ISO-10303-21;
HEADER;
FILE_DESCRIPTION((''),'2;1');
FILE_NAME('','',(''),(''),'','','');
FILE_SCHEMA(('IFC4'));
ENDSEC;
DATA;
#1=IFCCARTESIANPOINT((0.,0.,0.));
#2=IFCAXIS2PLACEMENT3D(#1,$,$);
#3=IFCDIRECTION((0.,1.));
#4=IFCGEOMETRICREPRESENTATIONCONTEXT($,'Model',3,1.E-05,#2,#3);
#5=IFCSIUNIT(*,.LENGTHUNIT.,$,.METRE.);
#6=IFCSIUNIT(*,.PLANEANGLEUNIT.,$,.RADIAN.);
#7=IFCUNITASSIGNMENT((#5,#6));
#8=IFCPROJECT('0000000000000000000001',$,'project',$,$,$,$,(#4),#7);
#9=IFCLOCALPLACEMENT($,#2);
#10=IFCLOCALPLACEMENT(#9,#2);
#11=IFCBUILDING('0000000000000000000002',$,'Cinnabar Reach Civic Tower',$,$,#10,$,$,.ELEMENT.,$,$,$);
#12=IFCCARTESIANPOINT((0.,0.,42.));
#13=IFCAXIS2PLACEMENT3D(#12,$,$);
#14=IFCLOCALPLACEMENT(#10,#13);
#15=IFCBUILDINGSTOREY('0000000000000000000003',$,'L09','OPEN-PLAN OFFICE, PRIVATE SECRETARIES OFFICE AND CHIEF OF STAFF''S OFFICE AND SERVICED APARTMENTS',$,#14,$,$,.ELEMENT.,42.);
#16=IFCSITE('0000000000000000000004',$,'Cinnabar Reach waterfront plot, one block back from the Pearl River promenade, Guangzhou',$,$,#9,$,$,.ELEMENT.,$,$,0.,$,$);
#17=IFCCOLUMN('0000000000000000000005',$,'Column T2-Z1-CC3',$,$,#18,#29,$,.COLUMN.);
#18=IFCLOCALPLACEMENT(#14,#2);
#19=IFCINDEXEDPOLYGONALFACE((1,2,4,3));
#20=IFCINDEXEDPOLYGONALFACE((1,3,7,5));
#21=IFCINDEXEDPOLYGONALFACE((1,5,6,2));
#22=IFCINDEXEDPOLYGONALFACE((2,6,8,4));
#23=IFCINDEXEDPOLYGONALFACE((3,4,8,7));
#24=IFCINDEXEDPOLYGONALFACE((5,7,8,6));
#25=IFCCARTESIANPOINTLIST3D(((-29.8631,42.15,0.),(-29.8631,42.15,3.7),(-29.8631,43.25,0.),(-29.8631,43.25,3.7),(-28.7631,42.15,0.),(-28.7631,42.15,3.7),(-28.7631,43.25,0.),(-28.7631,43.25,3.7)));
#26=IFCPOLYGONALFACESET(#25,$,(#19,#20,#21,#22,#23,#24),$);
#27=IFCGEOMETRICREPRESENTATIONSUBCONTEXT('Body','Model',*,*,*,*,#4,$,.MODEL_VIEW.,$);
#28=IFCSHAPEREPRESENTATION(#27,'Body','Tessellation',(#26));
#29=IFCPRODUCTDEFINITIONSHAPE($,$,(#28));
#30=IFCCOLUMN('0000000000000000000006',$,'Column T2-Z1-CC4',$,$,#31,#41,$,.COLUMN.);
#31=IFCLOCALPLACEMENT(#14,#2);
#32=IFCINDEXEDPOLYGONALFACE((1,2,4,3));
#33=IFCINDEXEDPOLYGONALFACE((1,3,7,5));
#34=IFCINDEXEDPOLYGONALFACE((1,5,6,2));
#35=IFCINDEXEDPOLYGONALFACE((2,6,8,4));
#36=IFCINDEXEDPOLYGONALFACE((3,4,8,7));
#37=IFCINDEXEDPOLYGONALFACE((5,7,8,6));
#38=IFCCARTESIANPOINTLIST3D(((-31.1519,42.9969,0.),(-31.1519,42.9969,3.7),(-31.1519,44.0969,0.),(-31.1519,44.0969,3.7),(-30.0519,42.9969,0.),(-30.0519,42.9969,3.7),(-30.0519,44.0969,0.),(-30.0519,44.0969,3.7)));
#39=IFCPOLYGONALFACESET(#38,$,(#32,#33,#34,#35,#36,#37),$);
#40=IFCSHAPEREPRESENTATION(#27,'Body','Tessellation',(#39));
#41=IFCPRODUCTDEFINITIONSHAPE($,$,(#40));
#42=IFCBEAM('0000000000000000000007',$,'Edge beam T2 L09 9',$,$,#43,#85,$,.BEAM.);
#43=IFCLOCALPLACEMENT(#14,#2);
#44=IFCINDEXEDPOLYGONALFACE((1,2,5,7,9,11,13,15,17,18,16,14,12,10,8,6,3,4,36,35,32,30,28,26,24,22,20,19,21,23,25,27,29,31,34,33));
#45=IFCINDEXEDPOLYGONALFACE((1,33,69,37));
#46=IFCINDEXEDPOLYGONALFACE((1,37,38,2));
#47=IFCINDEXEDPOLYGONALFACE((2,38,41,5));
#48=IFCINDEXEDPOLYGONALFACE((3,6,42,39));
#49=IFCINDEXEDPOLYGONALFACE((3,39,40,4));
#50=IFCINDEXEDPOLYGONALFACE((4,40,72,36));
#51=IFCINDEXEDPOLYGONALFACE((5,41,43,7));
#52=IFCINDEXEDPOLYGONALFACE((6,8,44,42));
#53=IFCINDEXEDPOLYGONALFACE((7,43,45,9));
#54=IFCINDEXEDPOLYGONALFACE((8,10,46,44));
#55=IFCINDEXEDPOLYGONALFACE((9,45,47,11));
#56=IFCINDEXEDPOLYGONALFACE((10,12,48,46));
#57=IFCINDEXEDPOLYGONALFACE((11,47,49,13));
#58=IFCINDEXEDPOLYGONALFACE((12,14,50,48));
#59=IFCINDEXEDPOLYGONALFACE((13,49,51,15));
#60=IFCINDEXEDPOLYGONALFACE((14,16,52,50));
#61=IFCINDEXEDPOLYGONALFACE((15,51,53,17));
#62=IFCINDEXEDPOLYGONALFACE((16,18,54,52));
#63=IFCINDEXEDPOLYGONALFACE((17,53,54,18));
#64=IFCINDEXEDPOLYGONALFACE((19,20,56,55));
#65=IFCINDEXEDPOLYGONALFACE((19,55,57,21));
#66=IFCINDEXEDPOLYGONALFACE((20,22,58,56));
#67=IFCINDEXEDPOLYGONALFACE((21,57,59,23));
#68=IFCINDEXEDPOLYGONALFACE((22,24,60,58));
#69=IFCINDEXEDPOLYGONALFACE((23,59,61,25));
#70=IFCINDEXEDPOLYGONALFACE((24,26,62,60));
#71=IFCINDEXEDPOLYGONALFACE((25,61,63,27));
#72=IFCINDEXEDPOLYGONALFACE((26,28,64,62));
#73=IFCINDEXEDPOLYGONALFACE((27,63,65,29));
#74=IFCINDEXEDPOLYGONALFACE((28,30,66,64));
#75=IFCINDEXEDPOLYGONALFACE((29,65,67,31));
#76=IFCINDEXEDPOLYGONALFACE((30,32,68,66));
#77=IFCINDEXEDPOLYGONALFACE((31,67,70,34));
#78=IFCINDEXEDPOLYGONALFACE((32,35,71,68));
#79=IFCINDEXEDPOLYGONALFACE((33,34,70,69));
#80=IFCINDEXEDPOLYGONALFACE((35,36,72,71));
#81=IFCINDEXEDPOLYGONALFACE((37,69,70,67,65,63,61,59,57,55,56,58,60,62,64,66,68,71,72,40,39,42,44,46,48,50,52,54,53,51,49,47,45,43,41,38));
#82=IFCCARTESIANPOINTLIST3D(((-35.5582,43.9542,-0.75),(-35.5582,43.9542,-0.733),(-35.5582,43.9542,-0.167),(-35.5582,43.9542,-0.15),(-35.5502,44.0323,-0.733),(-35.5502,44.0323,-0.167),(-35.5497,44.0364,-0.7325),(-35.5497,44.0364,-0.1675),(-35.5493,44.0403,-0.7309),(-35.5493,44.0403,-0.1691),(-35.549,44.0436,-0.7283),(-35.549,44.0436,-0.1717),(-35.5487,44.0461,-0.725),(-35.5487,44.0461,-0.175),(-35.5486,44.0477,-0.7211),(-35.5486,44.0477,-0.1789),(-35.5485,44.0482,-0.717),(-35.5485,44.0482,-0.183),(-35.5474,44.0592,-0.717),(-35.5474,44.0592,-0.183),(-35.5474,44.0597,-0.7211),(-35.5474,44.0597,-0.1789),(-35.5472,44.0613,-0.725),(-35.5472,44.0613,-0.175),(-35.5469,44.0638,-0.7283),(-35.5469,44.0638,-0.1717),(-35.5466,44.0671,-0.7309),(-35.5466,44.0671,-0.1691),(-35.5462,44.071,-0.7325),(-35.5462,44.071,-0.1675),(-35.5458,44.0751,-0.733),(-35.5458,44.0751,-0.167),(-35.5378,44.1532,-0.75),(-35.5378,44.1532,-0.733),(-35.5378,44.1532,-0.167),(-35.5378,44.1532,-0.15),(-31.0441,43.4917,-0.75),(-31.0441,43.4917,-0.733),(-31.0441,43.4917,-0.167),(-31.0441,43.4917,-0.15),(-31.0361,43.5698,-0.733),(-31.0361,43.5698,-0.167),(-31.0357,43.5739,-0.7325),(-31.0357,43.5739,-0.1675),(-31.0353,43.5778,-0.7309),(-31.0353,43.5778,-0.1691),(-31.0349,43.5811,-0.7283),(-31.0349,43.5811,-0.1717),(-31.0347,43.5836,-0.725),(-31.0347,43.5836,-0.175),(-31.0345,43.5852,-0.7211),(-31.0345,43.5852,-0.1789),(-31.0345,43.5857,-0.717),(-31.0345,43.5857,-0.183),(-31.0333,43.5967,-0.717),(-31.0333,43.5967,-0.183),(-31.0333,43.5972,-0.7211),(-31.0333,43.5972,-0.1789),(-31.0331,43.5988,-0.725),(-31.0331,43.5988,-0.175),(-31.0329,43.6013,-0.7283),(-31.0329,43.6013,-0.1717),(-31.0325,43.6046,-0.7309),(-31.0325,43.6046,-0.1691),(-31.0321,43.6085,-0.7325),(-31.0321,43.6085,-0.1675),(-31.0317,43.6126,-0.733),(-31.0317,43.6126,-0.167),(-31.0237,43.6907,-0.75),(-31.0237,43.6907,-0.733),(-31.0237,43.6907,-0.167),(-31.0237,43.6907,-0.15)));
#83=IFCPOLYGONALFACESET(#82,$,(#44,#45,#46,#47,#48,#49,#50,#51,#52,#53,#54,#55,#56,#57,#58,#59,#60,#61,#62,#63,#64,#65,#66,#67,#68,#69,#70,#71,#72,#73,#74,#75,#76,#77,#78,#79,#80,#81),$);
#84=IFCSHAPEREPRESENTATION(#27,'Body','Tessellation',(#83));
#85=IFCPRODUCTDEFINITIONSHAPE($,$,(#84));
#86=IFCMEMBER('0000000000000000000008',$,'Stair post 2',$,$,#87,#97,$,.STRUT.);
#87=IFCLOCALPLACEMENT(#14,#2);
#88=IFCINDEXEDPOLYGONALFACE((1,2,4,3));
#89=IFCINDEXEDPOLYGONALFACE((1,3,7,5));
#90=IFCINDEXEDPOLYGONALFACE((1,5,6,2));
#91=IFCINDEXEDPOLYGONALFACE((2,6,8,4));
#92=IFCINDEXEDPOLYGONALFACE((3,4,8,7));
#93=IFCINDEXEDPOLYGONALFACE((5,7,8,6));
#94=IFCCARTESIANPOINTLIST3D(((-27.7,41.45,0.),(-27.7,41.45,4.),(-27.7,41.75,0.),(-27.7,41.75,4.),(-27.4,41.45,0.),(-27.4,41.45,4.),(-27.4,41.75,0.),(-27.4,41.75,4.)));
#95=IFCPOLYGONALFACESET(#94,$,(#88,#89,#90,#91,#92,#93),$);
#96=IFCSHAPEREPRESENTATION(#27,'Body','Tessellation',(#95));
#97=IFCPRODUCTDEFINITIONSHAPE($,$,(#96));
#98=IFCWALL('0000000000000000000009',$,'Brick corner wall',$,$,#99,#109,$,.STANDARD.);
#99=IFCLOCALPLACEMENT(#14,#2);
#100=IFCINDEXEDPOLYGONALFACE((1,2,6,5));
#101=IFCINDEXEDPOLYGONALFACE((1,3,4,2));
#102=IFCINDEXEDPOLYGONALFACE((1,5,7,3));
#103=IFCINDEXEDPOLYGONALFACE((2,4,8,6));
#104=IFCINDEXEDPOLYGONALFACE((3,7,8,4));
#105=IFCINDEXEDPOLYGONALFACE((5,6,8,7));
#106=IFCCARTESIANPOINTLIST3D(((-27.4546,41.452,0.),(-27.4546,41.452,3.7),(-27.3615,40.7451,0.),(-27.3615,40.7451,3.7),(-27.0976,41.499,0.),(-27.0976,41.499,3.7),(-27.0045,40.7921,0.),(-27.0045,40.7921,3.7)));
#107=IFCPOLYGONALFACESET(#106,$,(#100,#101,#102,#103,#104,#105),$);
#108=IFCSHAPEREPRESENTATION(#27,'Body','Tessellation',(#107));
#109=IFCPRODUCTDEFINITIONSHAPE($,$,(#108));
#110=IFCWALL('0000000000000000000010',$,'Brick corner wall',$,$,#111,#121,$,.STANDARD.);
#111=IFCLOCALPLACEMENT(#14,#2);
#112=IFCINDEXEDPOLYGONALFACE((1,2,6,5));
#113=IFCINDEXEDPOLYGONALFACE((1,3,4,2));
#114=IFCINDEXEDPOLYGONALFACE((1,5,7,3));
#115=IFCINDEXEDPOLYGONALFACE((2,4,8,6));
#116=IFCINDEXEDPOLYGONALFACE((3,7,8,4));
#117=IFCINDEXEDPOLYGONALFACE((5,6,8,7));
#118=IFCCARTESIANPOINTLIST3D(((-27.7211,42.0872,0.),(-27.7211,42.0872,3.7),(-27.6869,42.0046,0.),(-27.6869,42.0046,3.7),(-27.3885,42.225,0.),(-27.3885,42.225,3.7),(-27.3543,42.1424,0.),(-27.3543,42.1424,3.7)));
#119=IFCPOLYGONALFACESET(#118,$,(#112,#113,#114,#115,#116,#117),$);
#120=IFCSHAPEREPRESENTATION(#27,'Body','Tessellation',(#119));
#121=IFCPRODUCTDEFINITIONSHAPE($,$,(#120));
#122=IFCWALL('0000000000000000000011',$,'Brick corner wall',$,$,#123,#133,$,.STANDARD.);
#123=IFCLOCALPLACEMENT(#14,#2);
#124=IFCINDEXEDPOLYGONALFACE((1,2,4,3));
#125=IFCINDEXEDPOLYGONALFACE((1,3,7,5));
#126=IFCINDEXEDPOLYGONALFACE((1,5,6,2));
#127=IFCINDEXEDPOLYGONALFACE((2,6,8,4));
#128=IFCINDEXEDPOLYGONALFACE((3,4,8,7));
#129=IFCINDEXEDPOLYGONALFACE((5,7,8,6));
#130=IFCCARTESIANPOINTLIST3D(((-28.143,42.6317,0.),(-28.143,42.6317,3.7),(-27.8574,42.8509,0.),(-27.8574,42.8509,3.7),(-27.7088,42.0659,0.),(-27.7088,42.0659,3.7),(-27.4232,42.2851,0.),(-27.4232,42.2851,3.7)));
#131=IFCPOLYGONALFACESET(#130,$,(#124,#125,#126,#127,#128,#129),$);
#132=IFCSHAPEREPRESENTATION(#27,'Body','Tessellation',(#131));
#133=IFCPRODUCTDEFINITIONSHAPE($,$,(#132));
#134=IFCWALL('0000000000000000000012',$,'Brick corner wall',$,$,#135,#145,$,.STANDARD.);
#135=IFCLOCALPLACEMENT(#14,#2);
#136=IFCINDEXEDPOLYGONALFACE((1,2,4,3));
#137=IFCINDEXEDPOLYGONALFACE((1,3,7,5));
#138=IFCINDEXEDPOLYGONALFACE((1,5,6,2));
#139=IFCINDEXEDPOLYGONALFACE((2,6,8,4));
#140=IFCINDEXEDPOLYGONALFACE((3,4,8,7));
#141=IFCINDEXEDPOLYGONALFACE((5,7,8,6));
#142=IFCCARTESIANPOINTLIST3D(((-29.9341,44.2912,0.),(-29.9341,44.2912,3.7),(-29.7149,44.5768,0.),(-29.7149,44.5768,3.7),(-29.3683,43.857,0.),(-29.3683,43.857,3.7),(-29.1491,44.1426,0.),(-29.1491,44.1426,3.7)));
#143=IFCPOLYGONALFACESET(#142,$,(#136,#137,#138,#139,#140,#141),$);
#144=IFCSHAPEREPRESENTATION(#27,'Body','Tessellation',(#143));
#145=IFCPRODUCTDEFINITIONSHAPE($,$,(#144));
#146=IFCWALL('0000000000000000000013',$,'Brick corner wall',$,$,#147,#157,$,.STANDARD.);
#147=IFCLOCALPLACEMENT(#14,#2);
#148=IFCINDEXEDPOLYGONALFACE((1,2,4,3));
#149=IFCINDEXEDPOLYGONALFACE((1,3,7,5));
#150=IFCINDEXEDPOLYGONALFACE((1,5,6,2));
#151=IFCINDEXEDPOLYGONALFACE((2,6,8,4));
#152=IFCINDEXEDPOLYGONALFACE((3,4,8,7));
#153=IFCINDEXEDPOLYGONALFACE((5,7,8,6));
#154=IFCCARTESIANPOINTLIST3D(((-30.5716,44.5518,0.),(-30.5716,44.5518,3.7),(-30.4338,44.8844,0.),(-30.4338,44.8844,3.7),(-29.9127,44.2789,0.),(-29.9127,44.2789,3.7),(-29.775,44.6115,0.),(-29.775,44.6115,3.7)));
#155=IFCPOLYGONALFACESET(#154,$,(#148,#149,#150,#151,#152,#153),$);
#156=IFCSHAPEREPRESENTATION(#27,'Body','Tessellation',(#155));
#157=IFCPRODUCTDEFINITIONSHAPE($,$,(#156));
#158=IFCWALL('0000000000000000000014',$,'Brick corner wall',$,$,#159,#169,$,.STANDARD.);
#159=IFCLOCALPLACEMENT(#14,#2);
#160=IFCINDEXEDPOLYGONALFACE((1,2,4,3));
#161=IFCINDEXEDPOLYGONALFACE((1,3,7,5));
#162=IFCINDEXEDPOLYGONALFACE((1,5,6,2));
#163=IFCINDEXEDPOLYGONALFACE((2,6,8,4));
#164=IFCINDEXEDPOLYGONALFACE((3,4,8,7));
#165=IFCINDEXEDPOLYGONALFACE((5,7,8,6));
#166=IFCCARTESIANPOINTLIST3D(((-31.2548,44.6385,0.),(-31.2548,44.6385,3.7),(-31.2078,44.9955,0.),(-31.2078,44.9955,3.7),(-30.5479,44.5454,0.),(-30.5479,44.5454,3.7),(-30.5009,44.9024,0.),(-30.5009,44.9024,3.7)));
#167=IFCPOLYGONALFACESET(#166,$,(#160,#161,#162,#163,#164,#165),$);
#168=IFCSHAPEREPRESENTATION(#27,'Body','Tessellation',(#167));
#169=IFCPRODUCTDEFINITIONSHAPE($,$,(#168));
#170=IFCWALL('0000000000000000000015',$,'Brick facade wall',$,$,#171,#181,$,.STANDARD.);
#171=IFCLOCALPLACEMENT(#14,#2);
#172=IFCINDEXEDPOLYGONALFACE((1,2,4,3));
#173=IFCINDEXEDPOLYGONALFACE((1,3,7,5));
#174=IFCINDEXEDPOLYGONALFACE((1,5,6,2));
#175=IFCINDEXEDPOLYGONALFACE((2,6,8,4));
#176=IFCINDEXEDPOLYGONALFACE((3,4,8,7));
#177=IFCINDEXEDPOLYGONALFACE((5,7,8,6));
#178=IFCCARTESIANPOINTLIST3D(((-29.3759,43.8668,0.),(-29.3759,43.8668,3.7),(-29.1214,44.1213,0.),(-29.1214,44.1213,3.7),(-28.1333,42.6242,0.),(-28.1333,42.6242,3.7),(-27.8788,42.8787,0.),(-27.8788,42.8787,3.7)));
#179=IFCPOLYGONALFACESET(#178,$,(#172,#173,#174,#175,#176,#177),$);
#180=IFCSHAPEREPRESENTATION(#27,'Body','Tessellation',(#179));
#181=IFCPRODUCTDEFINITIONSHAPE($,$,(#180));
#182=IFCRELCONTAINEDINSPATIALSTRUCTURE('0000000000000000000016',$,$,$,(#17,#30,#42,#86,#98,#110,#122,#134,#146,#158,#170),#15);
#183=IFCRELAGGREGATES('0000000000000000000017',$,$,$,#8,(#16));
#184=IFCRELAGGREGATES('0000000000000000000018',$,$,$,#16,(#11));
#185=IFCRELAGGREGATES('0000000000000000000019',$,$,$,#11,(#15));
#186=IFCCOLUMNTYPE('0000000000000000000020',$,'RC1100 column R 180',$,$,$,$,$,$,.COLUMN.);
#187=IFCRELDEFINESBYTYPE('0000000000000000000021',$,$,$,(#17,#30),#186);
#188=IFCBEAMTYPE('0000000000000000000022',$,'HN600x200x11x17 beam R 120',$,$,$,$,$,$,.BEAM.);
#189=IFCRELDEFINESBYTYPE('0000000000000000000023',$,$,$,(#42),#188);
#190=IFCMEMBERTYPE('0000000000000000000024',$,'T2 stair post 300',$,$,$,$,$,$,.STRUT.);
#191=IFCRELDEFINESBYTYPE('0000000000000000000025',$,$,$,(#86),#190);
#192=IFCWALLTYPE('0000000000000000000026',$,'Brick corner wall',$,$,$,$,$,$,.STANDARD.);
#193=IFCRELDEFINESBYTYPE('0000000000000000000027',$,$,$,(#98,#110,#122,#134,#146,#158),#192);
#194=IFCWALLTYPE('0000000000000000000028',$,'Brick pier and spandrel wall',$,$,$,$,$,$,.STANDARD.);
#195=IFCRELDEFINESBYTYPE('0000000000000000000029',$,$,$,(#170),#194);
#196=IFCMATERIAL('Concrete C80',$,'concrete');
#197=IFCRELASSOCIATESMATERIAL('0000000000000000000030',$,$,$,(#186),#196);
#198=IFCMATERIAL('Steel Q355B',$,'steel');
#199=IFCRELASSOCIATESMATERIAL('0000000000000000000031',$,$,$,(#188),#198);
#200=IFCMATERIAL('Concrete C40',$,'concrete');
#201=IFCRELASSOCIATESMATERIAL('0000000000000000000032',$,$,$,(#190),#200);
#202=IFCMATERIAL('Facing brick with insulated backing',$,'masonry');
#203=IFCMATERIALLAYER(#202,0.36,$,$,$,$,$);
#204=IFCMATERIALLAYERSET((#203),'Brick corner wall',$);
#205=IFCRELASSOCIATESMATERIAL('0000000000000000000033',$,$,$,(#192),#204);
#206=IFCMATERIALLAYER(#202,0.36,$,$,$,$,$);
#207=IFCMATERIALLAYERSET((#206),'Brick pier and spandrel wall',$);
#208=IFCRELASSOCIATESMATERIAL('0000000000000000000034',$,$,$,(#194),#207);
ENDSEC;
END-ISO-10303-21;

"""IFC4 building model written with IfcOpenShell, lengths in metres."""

from ifc_helpers import new_model, si_unit, direction, frame, frame_2d, origin, origin_2d, place, context, subcontext, project, spatial, rectangle, i_section, extrude, material, layer, layer_set, material_profile, profile_set, type_object, element, save


model = new_model("IFC4")

# Units and contexts
model_context = context("Model", 3, precision=1e-05, world=origin(), true_north=direction((0.0, 1.0)))
body_context = subcontext(model_context, "Body", "Model", "MODEL_VIEW")
ifc_project = project(units=[si_unit("LENGTHUNIT", "METRE"), si_unit("PLANEANGLEUNIT", "RADIAN")], contexts=[model_context])

# Site, building, storey
site_placement = place(None, origin())
site = spatial("IfcSite", under=ifc_project, at=site_placement, Name="Cinnabar Reach waterfront plot, one block back from the Pearl River promenade, Guangzhou", CompositionType="ELEMENT", RefElevation=0.0)
building_placement = place(site_placement, origin())
building = spatial("IfcBuilding", under=site, at=building_placement, Name="Cinnabar Reach Civic Tower", CompositionType="ELEMENT")
storey_placement = place(building_placement, frame((0.0, 0.0, 42.0)))
storey = spatial("IfcBuildingStorey", under=building, at=storey_placement, Name="L09", Description="OPEN-PLAN OFFICE, PRIVATE SECRETARIES OFFICE AND CHIEF OF STAFF'S OFFICE AND SERVICED APARTMENTS", CompositionType="ELEMENT", Elevation=42.0)

# Columns
ifc_material_1 = material(Name="Concrete C80", Category="concrete")
ifc_material_profile_1 = material_profile(ifc_material_1, rectangle(XDim=1.1, YDim=1.1, at=origin_2d()), Name="RC1100")
ifc_profile_set_1 = profile_set([ifc_material_profile_1], Name="Concrete C80")
column_type = type_object("IfcColumnType", Name="RC1100 column R 180", PredefinedType="COLUMN", material=ifc_profile_set_1)
for number, where, z_axis, x_axis, name in (
    (1, (-29.3131, 42.7, 0.0), (0.0, 0.0, 1.0), (1.0, 0.0, 0.0), "Column T2-Z1-CC3"),
    (2, (-30.6019, 43.5469, 0.0), (0.0, 0.0, 1.0), (1.0, 0.0, 0.0), "Column T2-Z1-CC4"),
):
    element("IfcColumn", number, at=place(storey_placement, frame(where, z_axis=z_axis, x_axis=x_axis)), inside=storey, type_object=column_type, Name=name, PredefinedType="COLUMN", context=body_context, shape_type="SweptSolid", body=[
        extrude(rectangle(XDim=1.1, YDim=1.1, at=origin_2d()), origin(), (0.0, 0.0, 1.0), 3.7),
    ])

# Beam
ifc_material_2 = material(Name="Steel Q355B", Category="steel")
ifc_material_profile_2 = material_profile(ifc_material_2, i_section(OverallWidth=0.2, OverallDepth=0.6, WebThickness=0.011, FlangeThickness=0.017, FilletRadius=0.016, at=origin_2d()), Name="HN600x200x11x17")
ifc_profile_set_2 = profile_set([ifc_material_profile_2], Name="Steel Q355B")
beam_type = type_object("IfcBeamType", Name="HN600x200x11x17 beam R 120", PredefinedType="BEAM", material=ifc_profile_set_2)
beam_placement = place(storey_placement, frame((-31.0339, 43.5912, -0.45), z_axis=(-0.994792, 0.101923, 0.0), x_axis=(-0.101923, -0.994792, 0.0)))
element("IfcBeam", 3, at=beam_placement, inside=storey, type_object=beam_type, Name="Edge beam T2 L09 9", PredefinedType="BEAM", context=body_context, shape_type="SweptSolid", body=[
    extrude(i_section(OverallWidth=0.2, OverallDepth=0.6, WebThickness=0.011, FlangeThickness=0.017, FilletRadius=0.016, at=origin_2d()), origin(), (0.0, 0.0, 1.0), 4.5377),
])

# Member
ifc_material_3 = material(Name="Concrete C40", Category="concrete")
ifc_material_profile_3 = material_profile(ifc_material_3, rectangle(XDim=0.3, YDim=0.3, at=origin_2d()), Name="C300")
ifc_profile_set_3 = profile_set([ifc_material_profile_3], Name="Concrete C40")
member_type = type_object("IfcMemberType", Name="T2 stair post 300", PredefinedType="STRUT", material=ifc_profile_set_3)
member_placement = place(storey_placement, frame((-27.55, 41.6, 0.0), z_axis=(0.0, 0.0, 1.0), x_axis=(1.0, 0.0, 0.0)))
element("IfcMember", 4, at=member_placement, inside=storey, type_object=member_type, Name="Stair post 2", PredefinedType="STRUT", context=body_context, shape_type="SweptSolid", body=[
    extrude(rectangle(XDim=0.3, YDim=0.3, at=origin_2d()), origin(), (0.0, 0.0, 1.0), 4.0),
])

# Walls
ifc_material_4 = material(Name="Facing brick with insulated backing", Category="masonry")
ifc_layer_1 = layer(ifc_material_4, 0.36)
ifc_layer_set_1 = layer_set([ifc_layer_1], Name="Brick corner wall")
wall_type_1 = type_object("IfcWallType", Name="Brick corner wall", PredefinedType="STANDARD", material=ifc_layer_set_1)
wall_1_placement = place(storey_placement, frame((-27.183, 40.7686, 0.0), z_axis=(0.0, 0.0, 1.0), x_axis=(-0.130556, 0.991441, 0.0)))
element("IfcWall", 5, at=wall_1_placement, inside=storey, type_object=wall_type_1, Name="Brick corner wall", PredefinedType="STANDARD", context=body_context, shape_type="SweptSolid", body=[
    extrude(rectangle(XDim=0.7131, YDim=0.36, at=frame_2d((0.3565, 0.0))), origin(), (0.0, 0.0, 1.0), 3.7),
])
wall_2_placement = place(storey_placement, frame((-27.5206, 42.0735, 0.0), z_axis=(0.0, 0.0, 1.0), x_axis=(-0.382549, 0.923935, 0.0)))
element("IfcWall", 6, at=wall_2_placement, inside=storey, type_object=wall_type_1, Name="Brick corner wall", PredefinedType="STANDARD", context=body_context, shape_type="SweptSolid", body=[
    extrude(rectangle(XDim=0.0894, YDim=0.36, at=frame_2d((0.0447, 0.0))), origin(), (0.0, 0.0, 1.0), 3.7),
])
for number, where, z_axis, x_axis, name in (
    (7, (-27.566, 42.1755, 0.0), (0.0, 0.0, 1.0), (-0.608802, 0.793322, 0.0), "Brick corner wall"),
    (8, (-29.2587, 43.9998, 0.0), (0.0, 0.0, 1.0), (-0.793322, 0.608802, 0.0), "Brick corner wall"),
):
    element("IfcWall", number, at=place(storey_placement, frame(where, z_axis=z_axis, x_axis=x_axis)), inside=storey, type_object=wall_type_1, Name=name, PredefinedType="STANDARD", context=body_context, shape_type="SweptSolid", body=[
        extrude(rectangle(XDim=0.7132, YDim=0.36, at=frame_2d((0.3566, 0.0))), origin(), (0.0, 0.0, 1.0), 3.7),
    ])
for number, where, z_axis, x_axis, name in (
    (9, (-29.8439, 44.4452, 0.0), (0.0, 0.0, 1.0), (-0.923872, 0.382703, 0.0), "Brick corner wall"),
    (10, (-30.5244, 44.7239, 0.0), (0.0, 0.0, 1.0), (-0.991441, 0.130556, 0.0), "Brick corner wall"),
):
    element("IfcWall", number, at=place(storey_placement, frame(where, z_axis=z_axis, x_axis=x_axis)), inside=storey, type_object=wall_type_1, Name=name, PredefinedType="STANDARD", context=body_context, shape_type="SweptSolid", body=[
        extrude(rectangle(XDim=0.7131, YDim=0.36, at=frame_2d((0.3565, 0.0))), origin(), (0.0, 0.0, 1.0), 3.7),
    ])
ifc_layer_2 = layer(ifc_material_4, 0.36)
ifc_layer_set_2 = layer_set([ifc_layer_2], Name="Brick pier and spandrel wall")
wall_type_2 = type_object("IfcWallType", Name="Brick pier and spandrel wall", PredefinedType="STANDARD", material=ifc_layer_set_2)
wall_3_placement = place(storey_placement, frame((-28.006, 42.7514, 0.0), z_axis=(0.0, 0.0, 1.0), x_axis=(-0.707107, 0.707107, 0.0)))
element("IfcWall", 11, at=wall_3_placement, inside=storey, type_object=wall_type_2, Name="Brick facade wall", PredefinedType="STANDARD", context=body_context, shape_type="SweptSolid", body=[
    extrude(rectangle(XDim=1.7573, YDim=0.36, at=frame_2d((0.8787, 0.0))), origin(), (0.0, 0.0, 1.0), 3.7),
])

save(model, "model.ifc")
